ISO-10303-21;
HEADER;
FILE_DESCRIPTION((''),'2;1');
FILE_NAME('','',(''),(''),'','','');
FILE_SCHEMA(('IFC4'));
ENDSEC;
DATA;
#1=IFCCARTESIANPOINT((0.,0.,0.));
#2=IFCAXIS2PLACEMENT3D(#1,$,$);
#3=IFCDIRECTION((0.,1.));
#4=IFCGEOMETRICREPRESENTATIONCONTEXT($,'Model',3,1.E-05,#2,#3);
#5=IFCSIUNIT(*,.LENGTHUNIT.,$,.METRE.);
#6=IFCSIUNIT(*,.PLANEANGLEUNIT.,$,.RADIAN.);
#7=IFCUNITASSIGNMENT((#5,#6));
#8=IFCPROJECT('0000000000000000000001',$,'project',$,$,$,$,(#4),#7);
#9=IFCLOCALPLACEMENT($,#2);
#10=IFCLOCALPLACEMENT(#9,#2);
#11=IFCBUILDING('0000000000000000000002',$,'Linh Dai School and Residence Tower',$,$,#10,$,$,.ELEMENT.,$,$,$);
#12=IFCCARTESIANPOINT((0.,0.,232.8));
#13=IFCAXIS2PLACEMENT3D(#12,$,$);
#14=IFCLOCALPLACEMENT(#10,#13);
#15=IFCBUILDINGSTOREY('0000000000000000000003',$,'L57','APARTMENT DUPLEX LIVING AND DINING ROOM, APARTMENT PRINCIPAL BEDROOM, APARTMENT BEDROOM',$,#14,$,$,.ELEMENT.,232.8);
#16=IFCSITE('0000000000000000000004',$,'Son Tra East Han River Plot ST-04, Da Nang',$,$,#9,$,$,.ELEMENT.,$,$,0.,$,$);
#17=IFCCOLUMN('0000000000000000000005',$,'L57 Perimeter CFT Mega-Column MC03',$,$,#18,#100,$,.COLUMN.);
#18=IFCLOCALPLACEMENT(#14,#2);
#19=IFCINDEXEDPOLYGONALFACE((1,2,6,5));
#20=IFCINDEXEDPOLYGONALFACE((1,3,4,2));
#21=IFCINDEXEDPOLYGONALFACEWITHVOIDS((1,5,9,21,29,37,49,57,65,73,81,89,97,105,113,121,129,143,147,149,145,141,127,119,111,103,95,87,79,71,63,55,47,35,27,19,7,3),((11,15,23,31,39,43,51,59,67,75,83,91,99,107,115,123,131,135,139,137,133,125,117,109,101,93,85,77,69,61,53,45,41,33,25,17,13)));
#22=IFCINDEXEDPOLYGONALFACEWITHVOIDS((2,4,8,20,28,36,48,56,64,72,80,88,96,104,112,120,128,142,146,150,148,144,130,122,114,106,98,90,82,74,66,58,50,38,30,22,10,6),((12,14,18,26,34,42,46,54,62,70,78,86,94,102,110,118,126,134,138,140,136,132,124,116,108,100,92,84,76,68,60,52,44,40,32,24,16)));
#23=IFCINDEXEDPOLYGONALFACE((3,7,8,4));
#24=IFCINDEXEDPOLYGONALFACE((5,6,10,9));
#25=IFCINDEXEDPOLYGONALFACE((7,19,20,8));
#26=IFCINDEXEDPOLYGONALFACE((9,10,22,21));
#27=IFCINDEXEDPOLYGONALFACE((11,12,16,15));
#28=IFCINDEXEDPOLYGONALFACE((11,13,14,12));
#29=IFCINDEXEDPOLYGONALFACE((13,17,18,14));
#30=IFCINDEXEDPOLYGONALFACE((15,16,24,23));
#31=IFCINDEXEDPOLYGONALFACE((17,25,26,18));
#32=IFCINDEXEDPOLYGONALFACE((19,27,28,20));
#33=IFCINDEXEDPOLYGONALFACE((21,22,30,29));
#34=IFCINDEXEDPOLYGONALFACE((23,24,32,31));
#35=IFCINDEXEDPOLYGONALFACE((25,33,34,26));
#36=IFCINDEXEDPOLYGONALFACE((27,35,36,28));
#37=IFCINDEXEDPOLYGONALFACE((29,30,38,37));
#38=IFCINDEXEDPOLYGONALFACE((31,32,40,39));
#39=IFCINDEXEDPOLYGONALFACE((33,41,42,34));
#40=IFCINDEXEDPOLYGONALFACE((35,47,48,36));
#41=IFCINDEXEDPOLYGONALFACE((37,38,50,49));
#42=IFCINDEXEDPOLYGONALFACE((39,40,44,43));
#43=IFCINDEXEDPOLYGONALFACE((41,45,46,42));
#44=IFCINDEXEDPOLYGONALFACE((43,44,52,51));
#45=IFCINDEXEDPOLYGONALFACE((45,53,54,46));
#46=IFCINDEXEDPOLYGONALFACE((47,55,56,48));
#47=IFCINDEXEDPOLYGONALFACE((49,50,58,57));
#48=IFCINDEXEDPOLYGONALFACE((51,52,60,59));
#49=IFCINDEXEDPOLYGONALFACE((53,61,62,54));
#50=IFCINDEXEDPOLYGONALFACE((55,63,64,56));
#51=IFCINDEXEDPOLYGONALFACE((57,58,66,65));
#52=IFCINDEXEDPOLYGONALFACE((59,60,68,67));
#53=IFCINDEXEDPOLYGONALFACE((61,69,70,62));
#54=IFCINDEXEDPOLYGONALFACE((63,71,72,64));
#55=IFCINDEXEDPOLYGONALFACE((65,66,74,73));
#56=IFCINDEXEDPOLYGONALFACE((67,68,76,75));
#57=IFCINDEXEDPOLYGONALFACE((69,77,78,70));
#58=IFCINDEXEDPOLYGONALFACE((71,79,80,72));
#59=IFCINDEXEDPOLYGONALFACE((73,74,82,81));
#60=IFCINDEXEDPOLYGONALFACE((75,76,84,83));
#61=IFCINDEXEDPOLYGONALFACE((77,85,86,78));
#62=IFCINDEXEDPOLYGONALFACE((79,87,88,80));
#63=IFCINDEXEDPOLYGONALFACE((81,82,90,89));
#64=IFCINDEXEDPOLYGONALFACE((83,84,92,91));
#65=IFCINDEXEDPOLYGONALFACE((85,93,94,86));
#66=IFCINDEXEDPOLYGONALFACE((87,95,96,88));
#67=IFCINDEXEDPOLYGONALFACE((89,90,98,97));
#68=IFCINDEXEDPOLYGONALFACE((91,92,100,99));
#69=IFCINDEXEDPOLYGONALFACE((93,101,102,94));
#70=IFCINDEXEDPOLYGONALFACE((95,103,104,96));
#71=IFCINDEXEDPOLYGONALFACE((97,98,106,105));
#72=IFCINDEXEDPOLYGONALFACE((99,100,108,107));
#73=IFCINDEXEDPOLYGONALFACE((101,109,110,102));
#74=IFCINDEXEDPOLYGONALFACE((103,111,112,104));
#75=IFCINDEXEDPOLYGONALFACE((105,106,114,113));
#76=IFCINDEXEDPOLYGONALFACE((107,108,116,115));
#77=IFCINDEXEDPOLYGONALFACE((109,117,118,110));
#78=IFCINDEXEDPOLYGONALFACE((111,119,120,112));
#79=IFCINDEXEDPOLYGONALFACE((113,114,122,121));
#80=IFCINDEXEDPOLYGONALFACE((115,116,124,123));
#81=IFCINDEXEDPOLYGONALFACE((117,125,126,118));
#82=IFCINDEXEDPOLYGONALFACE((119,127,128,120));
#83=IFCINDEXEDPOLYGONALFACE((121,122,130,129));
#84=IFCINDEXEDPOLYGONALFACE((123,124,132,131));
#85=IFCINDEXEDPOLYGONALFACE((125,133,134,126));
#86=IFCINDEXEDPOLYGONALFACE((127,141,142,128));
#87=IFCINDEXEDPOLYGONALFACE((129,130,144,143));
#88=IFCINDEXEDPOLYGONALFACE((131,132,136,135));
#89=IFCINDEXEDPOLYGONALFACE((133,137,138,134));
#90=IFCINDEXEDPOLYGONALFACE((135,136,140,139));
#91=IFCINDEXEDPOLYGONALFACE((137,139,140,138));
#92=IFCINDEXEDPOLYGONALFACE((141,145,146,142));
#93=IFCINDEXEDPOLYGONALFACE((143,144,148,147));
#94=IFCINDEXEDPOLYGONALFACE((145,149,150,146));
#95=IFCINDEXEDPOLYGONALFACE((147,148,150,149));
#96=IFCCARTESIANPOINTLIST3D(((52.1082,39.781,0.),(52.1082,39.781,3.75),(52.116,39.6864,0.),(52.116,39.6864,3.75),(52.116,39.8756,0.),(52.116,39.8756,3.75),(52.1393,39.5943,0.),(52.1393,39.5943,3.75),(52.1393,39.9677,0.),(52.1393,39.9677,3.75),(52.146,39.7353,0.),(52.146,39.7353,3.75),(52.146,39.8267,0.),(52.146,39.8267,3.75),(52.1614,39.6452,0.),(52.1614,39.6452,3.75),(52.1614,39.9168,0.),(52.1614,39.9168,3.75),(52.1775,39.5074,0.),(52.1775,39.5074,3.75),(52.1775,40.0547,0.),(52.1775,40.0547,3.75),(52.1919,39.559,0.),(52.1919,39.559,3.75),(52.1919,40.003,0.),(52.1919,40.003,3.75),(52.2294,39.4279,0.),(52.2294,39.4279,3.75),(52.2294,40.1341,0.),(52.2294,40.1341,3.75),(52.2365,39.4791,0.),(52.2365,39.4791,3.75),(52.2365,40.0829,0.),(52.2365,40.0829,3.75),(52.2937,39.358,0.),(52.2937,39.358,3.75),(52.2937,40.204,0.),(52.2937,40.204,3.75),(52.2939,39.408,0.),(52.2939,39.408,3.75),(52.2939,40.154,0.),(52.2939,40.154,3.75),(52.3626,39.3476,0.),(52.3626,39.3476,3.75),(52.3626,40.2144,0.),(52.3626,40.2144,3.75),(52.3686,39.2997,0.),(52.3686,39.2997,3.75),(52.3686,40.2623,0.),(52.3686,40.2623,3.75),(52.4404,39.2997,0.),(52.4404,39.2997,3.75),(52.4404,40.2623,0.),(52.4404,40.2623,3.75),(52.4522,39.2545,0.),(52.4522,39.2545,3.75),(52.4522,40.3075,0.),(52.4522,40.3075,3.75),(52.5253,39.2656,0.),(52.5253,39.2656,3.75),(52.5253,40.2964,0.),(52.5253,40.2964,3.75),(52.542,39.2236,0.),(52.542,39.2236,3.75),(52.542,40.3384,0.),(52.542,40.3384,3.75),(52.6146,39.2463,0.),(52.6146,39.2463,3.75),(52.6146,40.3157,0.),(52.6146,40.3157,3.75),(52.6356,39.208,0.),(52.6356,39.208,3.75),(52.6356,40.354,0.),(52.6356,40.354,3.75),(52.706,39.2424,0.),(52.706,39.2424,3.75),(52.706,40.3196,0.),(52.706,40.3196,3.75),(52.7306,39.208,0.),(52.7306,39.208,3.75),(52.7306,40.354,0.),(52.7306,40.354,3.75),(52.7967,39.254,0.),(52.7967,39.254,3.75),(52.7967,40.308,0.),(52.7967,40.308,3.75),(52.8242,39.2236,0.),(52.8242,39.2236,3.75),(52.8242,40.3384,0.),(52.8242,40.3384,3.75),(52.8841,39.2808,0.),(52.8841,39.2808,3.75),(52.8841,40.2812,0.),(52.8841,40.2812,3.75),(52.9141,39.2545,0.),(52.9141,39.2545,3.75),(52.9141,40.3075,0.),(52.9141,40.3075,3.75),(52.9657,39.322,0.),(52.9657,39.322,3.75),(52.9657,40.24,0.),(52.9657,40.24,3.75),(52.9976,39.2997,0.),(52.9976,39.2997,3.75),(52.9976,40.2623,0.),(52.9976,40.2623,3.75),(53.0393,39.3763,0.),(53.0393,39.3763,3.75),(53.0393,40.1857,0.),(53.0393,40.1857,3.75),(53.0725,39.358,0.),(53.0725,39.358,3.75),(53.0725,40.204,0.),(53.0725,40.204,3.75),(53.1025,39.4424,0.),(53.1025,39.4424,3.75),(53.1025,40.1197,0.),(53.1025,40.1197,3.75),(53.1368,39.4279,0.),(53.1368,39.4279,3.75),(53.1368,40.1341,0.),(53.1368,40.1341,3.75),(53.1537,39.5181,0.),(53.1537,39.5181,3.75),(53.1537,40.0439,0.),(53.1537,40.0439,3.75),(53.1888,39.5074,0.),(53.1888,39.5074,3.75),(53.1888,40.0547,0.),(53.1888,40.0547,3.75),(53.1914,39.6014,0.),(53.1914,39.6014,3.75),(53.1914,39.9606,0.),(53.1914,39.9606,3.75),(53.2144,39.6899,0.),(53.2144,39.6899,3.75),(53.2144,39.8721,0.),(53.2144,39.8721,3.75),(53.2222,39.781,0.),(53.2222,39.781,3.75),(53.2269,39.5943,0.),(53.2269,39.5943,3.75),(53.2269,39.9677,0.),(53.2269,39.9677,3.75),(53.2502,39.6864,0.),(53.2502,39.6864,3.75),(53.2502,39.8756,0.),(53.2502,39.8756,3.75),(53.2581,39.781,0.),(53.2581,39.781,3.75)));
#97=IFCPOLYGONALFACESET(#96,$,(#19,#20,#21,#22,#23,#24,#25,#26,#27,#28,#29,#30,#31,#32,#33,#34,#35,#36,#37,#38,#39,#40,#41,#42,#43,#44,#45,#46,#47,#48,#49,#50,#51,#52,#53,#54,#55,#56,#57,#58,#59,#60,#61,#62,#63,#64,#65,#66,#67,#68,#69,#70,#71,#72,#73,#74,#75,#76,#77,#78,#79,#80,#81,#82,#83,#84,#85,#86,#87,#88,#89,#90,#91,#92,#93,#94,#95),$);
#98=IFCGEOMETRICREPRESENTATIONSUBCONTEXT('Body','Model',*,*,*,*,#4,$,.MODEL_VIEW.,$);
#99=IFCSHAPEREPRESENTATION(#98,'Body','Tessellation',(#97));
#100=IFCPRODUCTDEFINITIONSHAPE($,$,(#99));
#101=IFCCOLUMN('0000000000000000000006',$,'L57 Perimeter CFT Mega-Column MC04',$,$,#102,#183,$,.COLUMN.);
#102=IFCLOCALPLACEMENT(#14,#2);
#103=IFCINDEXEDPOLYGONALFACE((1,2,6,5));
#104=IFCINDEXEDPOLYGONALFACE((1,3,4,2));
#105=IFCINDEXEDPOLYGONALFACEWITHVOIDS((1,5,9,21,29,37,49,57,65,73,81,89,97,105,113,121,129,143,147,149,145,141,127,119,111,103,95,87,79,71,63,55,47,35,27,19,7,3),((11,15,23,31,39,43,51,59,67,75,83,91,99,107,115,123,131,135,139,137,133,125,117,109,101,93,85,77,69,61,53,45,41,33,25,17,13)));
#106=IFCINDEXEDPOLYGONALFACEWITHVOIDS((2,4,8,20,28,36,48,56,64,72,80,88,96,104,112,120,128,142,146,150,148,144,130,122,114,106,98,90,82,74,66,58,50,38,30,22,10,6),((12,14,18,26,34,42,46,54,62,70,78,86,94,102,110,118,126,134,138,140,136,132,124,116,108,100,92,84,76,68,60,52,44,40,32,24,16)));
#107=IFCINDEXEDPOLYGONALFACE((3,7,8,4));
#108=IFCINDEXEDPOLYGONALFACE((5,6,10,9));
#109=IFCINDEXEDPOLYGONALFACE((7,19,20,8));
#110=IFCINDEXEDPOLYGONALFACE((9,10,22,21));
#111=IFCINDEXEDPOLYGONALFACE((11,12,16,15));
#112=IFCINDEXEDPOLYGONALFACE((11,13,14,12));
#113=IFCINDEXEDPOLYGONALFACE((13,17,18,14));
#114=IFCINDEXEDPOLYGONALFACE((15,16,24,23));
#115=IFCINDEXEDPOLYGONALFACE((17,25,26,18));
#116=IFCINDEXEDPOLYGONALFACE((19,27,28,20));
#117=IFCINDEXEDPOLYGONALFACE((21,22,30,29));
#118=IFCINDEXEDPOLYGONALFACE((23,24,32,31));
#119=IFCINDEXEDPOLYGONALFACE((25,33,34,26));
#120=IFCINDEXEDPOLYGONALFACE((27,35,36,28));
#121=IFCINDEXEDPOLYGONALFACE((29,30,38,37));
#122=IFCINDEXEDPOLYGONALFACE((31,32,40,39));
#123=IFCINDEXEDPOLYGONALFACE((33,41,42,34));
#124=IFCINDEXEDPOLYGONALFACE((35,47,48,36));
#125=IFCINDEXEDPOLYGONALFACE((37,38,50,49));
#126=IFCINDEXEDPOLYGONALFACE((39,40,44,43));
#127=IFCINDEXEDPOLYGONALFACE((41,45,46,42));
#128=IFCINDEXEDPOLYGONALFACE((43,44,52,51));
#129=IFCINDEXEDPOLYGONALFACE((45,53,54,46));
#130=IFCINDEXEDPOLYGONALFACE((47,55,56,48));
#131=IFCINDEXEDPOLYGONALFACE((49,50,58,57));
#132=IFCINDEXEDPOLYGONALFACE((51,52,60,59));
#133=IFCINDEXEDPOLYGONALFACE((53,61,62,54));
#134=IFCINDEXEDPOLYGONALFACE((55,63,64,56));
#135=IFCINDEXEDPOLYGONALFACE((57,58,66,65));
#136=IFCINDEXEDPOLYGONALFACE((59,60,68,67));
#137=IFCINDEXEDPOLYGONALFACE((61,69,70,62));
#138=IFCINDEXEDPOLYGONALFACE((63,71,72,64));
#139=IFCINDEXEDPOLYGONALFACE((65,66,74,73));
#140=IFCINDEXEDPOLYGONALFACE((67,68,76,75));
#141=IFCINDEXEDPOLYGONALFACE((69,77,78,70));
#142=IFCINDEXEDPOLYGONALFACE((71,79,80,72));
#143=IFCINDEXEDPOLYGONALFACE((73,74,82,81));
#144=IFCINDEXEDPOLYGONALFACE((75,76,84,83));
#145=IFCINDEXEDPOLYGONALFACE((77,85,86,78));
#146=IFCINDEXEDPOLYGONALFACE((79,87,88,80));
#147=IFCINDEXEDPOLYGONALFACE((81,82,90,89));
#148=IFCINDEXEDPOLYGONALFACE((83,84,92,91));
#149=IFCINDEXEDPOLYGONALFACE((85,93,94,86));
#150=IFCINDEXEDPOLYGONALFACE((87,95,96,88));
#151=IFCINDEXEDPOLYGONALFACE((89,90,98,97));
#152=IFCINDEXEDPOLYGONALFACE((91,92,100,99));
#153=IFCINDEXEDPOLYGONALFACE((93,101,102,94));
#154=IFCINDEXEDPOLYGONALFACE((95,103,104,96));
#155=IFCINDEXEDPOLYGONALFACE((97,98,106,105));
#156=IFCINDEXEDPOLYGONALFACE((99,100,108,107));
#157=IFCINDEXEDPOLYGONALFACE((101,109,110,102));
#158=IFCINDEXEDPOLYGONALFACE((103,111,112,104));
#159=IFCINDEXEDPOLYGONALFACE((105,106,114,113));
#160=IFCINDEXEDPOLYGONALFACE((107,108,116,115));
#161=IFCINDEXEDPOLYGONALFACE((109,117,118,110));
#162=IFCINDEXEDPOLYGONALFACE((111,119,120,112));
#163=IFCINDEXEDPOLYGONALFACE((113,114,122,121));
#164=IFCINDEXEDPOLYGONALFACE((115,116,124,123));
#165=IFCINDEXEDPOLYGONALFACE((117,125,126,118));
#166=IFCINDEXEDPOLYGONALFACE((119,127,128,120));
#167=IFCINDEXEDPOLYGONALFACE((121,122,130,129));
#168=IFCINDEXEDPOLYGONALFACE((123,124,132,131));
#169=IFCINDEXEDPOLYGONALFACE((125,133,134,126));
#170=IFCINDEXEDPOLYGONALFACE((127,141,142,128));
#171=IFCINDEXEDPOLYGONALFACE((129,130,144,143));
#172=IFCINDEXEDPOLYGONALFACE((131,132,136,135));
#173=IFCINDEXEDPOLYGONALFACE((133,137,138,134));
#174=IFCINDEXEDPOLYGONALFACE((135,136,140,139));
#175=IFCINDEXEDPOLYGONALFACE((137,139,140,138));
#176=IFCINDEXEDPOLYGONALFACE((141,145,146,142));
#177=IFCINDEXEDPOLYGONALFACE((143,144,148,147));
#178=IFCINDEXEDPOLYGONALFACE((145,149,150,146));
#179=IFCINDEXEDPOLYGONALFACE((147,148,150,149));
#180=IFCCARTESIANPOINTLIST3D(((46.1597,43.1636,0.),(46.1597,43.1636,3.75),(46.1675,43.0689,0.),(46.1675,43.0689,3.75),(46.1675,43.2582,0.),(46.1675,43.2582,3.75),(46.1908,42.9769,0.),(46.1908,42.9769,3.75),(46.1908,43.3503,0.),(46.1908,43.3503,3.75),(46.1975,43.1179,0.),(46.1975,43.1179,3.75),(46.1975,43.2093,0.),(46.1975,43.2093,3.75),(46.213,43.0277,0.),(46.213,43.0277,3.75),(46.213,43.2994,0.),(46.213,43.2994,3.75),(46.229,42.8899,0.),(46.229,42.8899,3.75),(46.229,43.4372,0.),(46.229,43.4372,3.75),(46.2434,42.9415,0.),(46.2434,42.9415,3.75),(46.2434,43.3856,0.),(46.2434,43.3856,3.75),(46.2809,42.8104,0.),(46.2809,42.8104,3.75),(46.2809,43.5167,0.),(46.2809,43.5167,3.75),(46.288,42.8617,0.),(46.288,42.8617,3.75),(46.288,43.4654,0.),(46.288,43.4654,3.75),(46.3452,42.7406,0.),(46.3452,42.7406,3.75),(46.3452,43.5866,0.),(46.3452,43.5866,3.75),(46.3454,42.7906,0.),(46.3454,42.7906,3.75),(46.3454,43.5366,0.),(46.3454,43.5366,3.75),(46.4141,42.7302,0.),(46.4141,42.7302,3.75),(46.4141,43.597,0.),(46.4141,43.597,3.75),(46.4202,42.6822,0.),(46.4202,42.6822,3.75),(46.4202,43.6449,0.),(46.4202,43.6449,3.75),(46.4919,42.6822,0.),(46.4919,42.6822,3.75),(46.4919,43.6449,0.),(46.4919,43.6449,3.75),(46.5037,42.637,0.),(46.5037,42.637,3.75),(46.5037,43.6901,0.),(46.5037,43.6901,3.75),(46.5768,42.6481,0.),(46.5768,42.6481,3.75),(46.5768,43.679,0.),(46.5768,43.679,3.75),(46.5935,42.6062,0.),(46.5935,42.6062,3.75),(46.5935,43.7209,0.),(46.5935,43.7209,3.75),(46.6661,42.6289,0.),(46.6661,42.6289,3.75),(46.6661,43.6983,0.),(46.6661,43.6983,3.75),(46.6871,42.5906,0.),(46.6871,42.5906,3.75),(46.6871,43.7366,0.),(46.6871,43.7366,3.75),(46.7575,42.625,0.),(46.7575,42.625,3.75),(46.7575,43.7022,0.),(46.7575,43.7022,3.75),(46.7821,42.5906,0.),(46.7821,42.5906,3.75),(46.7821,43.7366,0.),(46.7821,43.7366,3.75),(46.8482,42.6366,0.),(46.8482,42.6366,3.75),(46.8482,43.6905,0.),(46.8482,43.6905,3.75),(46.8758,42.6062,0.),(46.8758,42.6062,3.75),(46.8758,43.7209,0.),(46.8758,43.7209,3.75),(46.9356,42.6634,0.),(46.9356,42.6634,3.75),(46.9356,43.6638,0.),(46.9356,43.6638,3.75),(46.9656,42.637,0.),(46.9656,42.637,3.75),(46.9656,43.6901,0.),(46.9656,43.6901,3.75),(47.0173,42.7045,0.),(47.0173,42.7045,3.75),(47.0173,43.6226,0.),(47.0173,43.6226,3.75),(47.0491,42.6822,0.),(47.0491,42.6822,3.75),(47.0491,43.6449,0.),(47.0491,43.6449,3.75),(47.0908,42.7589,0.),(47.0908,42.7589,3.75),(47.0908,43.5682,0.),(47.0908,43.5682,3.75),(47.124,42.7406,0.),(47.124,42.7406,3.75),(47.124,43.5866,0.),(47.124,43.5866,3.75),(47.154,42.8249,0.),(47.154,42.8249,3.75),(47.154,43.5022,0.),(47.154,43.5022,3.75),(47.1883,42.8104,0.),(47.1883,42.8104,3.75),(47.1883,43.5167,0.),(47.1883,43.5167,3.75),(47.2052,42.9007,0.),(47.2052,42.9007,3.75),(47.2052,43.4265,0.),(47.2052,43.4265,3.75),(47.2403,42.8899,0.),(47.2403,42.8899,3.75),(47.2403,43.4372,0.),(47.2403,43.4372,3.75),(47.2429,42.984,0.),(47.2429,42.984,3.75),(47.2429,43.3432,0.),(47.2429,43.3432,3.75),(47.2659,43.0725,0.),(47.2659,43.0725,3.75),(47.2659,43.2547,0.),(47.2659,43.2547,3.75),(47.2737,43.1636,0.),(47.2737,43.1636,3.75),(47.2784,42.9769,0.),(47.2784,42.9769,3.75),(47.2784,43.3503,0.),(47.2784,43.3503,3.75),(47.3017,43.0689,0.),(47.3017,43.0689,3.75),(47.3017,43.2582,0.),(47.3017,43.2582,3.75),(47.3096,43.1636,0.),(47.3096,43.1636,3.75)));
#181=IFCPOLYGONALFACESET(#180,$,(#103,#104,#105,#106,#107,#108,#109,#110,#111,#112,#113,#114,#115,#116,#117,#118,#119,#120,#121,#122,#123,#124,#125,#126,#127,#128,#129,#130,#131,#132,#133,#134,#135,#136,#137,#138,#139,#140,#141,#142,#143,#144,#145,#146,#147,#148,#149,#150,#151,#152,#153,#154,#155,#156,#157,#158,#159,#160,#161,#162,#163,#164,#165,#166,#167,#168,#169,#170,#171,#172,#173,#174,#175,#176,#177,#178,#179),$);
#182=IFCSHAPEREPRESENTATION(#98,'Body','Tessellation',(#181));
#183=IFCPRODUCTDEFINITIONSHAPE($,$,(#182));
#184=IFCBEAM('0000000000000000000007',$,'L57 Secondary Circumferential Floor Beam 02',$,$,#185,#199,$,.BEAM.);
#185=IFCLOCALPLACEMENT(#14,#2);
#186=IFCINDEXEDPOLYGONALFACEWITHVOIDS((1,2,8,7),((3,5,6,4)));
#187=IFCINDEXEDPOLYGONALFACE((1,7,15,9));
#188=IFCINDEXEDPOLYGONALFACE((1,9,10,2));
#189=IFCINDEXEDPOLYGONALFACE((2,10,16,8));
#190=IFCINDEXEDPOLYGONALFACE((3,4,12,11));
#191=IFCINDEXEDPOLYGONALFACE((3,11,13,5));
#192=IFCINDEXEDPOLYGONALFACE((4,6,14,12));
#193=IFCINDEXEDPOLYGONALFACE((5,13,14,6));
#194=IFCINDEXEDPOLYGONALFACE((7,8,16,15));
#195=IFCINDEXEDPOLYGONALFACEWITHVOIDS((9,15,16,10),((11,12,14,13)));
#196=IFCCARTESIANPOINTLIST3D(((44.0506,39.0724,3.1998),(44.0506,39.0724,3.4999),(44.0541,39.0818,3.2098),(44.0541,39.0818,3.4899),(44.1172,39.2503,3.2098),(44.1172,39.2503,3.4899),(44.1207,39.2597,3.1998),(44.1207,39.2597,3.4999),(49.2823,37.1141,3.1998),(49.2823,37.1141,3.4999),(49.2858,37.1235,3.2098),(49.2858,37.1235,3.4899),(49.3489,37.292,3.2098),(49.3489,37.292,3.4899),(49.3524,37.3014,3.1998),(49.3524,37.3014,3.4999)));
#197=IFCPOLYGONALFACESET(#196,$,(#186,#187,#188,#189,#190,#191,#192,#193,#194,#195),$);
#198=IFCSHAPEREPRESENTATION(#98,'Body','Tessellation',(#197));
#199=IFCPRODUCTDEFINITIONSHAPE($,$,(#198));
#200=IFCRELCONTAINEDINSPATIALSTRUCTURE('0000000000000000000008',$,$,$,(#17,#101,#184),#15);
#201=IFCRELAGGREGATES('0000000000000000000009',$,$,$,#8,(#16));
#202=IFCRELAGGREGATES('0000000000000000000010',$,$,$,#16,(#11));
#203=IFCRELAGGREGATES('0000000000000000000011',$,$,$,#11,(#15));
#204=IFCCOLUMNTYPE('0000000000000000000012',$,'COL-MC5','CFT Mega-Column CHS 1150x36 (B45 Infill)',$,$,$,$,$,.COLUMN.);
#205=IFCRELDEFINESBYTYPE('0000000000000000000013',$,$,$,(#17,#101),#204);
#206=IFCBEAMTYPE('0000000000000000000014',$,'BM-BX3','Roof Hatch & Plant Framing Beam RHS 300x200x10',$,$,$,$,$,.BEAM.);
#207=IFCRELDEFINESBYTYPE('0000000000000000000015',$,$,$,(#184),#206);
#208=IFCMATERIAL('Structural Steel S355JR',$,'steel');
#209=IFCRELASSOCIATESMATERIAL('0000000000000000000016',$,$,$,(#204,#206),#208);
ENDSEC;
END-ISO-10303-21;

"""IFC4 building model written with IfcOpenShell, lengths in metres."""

from ifc_helpers import new_model, si_unit, direction, frame, origin, origin_2d, place, context, subcontext, project, spatial, hollow_rectangle, hollow_circle, extrude, material, material_profile, profile_set, type_object, element, save


model = new_model("IFC4")

# Units and contexts
model_context = context("Model", 3, precision=1e-05, world=origin(), true_north=direction((0.0, 1.0)))
body_context = subcontext(model_context, "Body", "Model", "MODEL_VIEW")
ifc_project = project(units=[si_unit("LENGTHUNIT", "METRE"), si_unit("PLANEANGLEUNIT", "RADIAN")], contexts=[model_context])

# Site, building, storey
site_placement = place(None, origin())
site = spatial("IfcSite", under=ifc_project, at=site_placement, Name="Son Tra East Han River Plot ST-04, Da Nang", CompositionType="ELEMENT", RefElevation=0.0)
building_placement = place(site_placement, origin())
building = spatial("IfcBuilding", under=site, at=building_placement, Name="Linh Dai School and Residence Tower", CompositionType="ELEMENT")
storey_placement = place(building_placement, frame((0.0, 0.0, 232.8)))
storey = spatial("IfcBuildingStorey", under=building, at=storey_placement, Name="L57", Description="APARTMENT DUPLEX LIVING AND DINING ROOM, APARTMENT PRINCIPAL BEDROOM, APARTMENT BEDROOM", CompositionType="ELEMENT", Elevation=232.8)

# Columns
ifc_material_1 = material(Name="Structural Steel S355JR", Category="steel")
ifc_material_profile_1 = material_profile(ifc_material_1, hollow_circle(Radius=0.575, WallThickness=0.0359, at=origin_2d()), Name="CHS 1150x36")
ifc_profile_set_1 = profile_set([ifc_material_profile_1], Name="Structural Steel S355JR")
column_type = type_object("IfcColumnType", Name="COL-MC5", Description="CFT Mega-Column CHS 1150x36 (B45 Infill)", PredefinedType="COLUMN", material=ifc_profile_set_1)
for number, where, z_axis, x_axis, name in (
    (1, (52.6831, 39.781, 0.0), (0.0, 0.0, 1.0), (1.0, 0.0, 0.0), "L57 Perimeter CFT Mega-Column MC03"),
    (2, (46.7346, 43.1636, 0.0), (0.0, 0.0, 1.0), (1.0, 0.0, 0.0), "L57 Perimeter CFT Mega-Column MC04"),
):
    element("IfcColumn", number, at=place(storey_placement, frame(where, z_axis=z_axis, x_axis=x_axis)), inside=storey, type_object=column_type, Name=name, PredefinedType="COLUMN", context=body_context, shape_type="SweptSolid", body=[
        extrude(hollow_circle(Radius=0.575, WallThickness=0.0359, at=origin_2d()), origin(), (0.0, 0.0, 1.0), 3.75),
    ])

# Beam
ifc_material_profile_2 = material_profile(ifc_material_1, hollow_rectangle(XDim=0.2, YDim=0.3, WallThickness=0.01, at=origin_2d()), Name="RHS 300x200x10")
ifc_profile_set_2 = profile_set([ifc_material_profile_2], Name="Structural Steel S355JR")
beam_type_1 = type_object("IfcBeamType", Name="BM-BX3", Description="Roof Hatch & Plant Framing Beam RHS 300x200x10", PredefinedType="BEAM", material=ifc_profile_set_2)
beam_1_placement = place(storey_placement, frame((49.3174, 37.2078, 3.3499), z_axis=(-0.936543, 0.350553, 0.0), x_axis=(-0.350553, -0.936543, 0.0)))
element("IfcBeam", 3, at=beam_1_placement, inside=storey, type_object=beam_type_1, Name="L57 Secondary Circumferential Floor Beam 02", PredefinedType="BEAM", context=body_context, shape_type="SweptSolid", body=[
    extrude(hollow_rectangle(XDim=0.2, YDim=0.3, WallThickness=0.01, at=origin_2d()), origin(), (0.0, 0.0, 1.0), 5.5862),
])

save(model, "model.ifc")
